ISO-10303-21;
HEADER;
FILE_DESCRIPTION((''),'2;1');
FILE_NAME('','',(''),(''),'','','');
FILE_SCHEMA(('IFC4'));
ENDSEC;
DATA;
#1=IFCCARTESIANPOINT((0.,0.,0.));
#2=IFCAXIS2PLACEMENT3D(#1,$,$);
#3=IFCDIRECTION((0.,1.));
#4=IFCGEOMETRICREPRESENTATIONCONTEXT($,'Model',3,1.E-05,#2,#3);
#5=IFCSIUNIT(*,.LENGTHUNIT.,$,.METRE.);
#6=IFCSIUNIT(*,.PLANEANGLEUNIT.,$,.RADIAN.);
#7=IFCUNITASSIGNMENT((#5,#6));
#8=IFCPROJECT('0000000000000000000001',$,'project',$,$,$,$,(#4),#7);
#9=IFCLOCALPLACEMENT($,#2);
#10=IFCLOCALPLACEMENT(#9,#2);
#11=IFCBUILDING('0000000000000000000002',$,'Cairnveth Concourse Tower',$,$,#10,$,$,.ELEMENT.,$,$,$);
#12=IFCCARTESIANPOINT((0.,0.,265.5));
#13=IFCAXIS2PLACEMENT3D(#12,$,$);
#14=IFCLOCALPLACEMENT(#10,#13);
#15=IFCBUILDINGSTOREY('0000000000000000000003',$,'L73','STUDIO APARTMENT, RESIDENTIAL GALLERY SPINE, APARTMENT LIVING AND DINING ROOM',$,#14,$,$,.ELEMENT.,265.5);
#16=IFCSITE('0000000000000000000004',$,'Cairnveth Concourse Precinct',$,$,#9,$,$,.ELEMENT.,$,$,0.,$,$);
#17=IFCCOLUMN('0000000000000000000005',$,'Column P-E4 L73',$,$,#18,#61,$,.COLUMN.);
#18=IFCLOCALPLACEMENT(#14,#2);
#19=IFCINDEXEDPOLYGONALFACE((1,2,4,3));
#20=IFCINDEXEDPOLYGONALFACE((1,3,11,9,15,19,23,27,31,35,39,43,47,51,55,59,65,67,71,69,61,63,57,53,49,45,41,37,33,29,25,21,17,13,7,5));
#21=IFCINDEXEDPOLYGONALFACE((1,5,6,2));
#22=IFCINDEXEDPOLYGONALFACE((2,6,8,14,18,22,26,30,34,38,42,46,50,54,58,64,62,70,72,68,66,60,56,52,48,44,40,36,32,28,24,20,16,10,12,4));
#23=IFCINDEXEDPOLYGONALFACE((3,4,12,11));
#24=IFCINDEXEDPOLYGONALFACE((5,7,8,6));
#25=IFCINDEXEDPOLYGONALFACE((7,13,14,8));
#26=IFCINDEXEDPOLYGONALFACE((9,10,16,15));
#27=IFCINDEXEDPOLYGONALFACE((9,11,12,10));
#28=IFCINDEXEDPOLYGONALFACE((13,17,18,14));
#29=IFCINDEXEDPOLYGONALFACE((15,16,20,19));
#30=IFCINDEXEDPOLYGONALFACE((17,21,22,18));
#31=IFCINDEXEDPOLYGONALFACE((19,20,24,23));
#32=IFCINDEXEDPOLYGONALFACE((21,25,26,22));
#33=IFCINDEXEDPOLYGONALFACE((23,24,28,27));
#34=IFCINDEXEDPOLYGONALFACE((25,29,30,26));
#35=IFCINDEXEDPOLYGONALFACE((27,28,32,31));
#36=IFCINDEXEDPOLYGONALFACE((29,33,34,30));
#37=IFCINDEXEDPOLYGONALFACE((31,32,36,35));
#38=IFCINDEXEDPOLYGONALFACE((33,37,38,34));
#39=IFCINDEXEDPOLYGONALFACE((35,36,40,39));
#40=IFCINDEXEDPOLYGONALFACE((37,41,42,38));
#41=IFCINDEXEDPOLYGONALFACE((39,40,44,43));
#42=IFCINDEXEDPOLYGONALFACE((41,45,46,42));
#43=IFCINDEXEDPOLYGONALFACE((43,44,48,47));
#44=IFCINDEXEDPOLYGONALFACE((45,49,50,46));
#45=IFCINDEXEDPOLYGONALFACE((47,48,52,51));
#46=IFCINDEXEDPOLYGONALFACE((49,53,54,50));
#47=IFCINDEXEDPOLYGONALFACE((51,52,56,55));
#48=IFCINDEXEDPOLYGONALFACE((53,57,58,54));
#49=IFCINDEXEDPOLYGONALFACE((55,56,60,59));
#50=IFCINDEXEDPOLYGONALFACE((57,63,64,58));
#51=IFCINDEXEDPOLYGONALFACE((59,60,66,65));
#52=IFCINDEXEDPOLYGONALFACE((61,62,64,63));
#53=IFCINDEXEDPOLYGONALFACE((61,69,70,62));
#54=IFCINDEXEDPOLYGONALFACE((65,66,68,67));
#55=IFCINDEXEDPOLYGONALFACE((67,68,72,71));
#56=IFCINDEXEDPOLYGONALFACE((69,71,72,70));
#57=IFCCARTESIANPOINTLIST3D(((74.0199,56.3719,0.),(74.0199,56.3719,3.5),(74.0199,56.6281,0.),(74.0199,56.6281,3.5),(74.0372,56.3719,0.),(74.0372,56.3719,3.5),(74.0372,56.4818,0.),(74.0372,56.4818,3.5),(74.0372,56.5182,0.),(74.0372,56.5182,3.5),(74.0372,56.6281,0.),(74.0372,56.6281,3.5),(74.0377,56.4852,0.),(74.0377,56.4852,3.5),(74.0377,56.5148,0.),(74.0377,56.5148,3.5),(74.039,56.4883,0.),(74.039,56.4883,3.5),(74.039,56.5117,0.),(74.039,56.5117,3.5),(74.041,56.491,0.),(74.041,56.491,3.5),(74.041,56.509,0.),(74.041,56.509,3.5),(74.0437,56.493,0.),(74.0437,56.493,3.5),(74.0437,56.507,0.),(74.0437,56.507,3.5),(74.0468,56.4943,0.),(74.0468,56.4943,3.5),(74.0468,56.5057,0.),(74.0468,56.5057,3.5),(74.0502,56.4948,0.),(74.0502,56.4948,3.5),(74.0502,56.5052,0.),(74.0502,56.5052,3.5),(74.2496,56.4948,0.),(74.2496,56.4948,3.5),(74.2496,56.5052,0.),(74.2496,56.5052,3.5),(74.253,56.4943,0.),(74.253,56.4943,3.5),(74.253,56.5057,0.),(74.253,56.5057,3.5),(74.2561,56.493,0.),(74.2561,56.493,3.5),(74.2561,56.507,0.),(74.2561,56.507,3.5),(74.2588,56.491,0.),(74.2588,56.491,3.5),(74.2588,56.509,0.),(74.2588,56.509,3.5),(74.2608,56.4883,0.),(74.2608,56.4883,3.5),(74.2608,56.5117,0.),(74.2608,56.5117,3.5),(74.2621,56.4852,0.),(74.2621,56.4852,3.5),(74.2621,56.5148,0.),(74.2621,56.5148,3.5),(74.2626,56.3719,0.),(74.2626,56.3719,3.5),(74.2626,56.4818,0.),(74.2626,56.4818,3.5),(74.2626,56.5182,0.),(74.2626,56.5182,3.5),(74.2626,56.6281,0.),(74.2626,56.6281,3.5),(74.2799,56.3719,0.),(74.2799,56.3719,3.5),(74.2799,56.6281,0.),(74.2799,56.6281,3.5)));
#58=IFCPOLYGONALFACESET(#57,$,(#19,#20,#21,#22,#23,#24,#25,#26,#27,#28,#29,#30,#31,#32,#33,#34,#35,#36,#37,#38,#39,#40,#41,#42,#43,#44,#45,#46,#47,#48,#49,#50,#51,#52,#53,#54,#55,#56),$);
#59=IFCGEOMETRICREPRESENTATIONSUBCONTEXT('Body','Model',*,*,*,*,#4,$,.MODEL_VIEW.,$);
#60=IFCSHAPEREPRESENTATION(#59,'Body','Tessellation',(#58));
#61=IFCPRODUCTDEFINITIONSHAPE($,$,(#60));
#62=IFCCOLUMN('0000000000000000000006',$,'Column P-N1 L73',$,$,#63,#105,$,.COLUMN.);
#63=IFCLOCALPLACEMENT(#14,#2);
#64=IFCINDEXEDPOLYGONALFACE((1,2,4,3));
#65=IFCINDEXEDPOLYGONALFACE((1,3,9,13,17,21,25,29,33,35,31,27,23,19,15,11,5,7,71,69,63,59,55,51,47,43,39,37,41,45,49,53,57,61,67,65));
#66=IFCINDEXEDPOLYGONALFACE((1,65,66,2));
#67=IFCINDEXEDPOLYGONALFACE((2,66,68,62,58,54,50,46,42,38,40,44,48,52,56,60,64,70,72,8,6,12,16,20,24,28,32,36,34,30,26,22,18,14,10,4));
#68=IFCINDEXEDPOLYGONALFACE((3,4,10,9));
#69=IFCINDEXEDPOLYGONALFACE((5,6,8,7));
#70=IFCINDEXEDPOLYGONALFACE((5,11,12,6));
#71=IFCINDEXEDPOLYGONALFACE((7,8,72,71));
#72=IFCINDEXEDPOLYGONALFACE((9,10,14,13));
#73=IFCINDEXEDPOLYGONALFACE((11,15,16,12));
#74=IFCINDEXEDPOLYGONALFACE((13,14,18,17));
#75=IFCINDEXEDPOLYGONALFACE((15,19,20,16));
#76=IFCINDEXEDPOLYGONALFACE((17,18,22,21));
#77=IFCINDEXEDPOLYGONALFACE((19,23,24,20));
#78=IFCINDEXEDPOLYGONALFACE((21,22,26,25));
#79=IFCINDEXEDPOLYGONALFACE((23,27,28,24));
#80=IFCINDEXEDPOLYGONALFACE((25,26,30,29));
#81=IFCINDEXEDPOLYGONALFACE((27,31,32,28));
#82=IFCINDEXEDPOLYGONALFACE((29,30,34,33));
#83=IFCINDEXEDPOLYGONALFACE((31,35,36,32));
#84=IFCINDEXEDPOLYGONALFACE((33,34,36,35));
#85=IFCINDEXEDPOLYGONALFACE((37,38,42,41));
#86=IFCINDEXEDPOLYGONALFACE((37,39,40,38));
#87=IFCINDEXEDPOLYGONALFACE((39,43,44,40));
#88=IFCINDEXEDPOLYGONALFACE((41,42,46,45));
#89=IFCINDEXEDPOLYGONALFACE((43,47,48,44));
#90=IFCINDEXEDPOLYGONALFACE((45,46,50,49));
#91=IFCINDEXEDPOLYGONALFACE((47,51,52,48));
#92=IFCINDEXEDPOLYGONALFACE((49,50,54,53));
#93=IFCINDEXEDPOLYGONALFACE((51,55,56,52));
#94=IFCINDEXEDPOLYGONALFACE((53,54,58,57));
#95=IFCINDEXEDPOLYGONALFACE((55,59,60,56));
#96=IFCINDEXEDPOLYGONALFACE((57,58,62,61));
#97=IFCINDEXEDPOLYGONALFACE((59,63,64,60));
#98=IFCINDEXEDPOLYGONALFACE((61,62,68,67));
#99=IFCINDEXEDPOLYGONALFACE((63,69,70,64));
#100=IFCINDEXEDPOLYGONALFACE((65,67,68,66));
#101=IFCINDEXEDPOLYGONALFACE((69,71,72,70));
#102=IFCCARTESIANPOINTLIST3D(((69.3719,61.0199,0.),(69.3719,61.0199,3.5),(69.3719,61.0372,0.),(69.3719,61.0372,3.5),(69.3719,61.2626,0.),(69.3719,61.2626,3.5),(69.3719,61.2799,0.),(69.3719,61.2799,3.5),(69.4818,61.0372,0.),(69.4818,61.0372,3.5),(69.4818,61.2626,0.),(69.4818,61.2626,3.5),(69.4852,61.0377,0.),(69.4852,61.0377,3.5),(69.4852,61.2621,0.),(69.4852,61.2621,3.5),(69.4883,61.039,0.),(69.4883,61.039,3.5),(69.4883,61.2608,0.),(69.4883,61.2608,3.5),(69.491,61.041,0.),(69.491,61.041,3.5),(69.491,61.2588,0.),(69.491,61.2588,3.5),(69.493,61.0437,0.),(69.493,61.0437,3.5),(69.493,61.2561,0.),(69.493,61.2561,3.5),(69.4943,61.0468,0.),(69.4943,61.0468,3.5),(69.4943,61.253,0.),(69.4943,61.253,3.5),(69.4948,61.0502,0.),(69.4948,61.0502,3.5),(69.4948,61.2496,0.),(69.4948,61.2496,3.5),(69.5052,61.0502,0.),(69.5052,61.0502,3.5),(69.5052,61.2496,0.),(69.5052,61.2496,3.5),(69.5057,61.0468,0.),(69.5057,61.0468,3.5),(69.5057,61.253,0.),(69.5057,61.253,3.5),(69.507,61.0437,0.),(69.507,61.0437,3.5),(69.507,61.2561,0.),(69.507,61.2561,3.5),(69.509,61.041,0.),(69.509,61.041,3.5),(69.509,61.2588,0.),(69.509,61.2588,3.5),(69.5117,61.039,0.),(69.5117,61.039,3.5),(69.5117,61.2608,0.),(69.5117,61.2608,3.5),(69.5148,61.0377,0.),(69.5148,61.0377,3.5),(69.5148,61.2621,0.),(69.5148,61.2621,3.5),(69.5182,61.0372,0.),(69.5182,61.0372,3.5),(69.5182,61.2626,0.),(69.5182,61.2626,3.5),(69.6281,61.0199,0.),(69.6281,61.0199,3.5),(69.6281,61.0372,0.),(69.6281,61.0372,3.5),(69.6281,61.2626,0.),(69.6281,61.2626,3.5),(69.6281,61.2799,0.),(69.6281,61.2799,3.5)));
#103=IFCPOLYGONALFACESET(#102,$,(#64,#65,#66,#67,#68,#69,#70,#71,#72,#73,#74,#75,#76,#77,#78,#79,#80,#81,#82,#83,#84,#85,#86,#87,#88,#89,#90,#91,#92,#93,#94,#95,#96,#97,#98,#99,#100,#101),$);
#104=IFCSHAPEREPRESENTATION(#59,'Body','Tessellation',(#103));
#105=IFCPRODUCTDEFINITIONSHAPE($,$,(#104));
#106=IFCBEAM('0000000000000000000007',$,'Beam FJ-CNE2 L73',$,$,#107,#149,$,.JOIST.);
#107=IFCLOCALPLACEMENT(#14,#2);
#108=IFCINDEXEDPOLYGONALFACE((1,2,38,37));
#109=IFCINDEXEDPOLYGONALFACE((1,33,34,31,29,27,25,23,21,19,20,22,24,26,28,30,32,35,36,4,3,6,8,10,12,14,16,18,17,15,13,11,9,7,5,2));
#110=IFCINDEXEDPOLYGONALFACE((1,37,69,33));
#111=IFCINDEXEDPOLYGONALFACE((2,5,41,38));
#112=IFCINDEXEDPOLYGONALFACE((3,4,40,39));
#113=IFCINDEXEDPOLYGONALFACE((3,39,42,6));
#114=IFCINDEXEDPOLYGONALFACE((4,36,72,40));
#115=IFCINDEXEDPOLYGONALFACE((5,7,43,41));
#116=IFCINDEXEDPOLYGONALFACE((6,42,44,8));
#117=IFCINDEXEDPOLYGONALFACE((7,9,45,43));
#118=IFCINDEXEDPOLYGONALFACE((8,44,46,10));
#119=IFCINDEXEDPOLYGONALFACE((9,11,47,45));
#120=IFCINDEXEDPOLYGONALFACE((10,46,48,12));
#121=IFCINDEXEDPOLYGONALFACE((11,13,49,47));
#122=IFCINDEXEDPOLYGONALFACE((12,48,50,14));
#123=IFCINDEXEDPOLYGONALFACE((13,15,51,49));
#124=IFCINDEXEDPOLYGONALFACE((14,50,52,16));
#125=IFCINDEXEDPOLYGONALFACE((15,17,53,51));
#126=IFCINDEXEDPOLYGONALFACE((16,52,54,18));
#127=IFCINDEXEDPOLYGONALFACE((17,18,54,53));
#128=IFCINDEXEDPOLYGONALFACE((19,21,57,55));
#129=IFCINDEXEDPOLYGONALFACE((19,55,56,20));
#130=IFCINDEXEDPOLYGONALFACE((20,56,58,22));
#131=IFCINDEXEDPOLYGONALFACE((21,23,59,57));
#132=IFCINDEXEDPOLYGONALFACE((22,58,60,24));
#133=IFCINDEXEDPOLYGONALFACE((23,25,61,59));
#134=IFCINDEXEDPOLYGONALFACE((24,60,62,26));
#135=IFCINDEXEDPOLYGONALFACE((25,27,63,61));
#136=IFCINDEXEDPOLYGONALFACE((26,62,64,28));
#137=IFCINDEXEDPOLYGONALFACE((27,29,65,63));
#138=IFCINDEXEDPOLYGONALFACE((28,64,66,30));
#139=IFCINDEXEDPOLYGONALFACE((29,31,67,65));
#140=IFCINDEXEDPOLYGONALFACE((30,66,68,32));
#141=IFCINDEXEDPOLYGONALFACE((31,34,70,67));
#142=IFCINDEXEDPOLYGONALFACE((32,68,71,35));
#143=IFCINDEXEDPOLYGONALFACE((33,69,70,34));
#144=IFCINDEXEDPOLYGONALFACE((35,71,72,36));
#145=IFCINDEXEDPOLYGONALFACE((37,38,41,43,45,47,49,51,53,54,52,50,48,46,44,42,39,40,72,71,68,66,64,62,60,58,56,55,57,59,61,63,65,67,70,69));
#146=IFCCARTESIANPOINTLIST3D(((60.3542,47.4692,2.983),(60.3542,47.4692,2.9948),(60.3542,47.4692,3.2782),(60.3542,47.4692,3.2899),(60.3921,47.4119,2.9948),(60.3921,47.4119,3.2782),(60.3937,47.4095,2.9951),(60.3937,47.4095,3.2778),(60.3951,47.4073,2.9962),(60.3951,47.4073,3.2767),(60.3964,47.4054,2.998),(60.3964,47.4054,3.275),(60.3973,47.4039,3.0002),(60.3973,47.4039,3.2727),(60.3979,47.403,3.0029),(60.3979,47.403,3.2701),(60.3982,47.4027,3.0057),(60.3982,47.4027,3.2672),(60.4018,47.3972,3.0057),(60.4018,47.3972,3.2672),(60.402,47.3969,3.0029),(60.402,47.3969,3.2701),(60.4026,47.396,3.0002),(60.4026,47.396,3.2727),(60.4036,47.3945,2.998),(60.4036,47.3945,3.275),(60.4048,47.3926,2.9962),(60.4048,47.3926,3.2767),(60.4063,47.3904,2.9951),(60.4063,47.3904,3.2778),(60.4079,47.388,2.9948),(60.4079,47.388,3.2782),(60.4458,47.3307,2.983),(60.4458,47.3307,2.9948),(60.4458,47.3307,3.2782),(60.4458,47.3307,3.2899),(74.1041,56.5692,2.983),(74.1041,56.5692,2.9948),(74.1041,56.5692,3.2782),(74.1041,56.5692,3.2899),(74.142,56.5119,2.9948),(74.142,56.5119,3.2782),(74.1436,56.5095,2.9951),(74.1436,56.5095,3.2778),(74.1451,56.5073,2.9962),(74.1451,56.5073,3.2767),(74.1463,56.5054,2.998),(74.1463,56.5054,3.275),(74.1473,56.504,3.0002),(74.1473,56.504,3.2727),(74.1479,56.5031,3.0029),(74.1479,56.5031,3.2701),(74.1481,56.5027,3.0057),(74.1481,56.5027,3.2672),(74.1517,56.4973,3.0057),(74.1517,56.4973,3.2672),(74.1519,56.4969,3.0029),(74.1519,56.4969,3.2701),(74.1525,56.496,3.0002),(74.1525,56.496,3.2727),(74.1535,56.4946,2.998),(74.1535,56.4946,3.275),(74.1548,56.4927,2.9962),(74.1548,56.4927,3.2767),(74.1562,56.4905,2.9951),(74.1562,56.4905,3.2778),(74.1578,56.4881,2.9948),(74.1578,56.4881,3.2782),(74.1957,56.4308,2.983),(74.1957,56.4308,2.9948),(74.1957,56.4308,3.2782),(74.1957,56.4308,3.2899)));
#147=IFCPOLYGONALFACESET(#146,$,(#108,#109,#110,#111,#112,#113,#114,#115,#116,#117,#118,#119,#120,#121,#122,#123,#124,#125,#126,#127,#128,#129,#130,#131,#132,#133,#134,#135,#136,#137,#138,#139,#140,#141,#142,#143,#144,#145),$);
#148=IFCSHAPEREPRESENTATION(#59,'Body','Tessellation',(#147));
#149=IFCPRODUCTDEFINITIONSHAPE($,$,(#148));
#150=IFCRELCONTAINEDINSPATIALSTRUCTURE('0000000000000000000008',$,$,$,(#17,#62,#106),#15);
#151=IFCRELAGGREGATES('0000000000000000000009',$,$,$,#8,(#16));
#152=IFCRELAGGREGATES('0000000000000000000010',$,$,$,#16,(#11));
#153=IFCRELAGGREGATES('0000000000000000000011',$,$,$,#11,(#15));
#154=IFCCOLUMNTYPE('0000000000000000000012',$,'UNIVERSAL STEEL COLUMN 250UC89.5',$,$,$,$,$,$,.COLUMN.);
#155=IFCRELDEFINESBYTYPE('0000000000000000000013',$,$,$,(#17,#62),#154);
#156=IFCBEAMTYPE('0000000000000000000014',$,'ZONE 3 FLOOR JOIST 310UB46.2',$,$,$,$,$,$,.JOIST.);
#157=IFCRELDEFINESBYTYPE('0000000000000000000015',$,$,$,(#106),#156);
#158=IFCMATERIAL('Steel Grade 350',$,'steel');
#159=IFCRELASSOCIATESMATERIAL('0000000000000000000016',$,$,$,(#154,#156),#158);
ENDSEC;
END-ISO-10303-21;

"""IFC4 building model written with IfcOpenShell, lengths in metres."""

from ifc_helpers import new_model, si_unit, direction, frame, origin, origin_2d, place, context, subcontext, project, spatial, i_section, extrude, material, material_profile, profile_set, type_object, element, save


model = new_model("IFC4")

# Units and contexts
model_context = context("Model", 3, precision=1e-05, world=origin(), true_north=direction((0.0, 1.0)))
body_context = subcontext(model_context, "Body", "Model", "MODEL_VIEW")
ifc_project = project(units=[si_unit("LENGTHUNIT", "METRE"), si_unit("PLANEANGLEUNIT", "RADIAN")], contexts=[model_context])

# Site, building, storey
site_placement = place(None, origin())
site = spatial("IfcSite", under=ifc_project, at=site_placement, Name="Cairnveth Concourse Precinct", CompositionType="ELEMENT", RefElevation=0.0)
building_placement = place(site_placement, origin())
building = spatial("IfcBuilding", under=site, at=building_placement, Name="Cairnveth Concourse Tower", CompositionType="ELEMENT")
storey_placement = place(building_placement, frame((0.0, 0.0, 265.5)))
storey = spatial("IfcBuildingStorey", under=building, at=storey_placement, Name="L73", Description="STUDIO APARTMENT, RESIDENTIAL GALLERY SPINE, APARTMENT LIVING AND DINING ROOM", CompositionType="ELEMENT", Elevation=265.5)

# Columns
ifc_material_1 = material(Name="Steel Grade 350", Category="steel")
ifc_material_profile_1 = material_profile(ifc_material_1, i_section(OverallWidth=0.2561, OverallDepth=0.26, WebThickness=0.0105, FlangeThickness=0.0173, FilletRadius=0.0129, at=origin_2d()), Name="250UC89.5")
ifc_profile_set_1 = profile_set([ifc_material_profile_1], Name="Steel Grade 350")
column_type = type_object("IfcColumnType", Name="UNIVERSAL STEEL COLUMN 250UC89.5", PredefinedType="COLUMN", material=ifc_profile_set_1)
for number, where, z_axis, x_axis, name in (
    (1, (74.1499, 56.5, 0.0), (0.0, 0.0, 1.0), (0.0, 1.0, 0.0), "Column P-E4 L73"),
    (2, (69.5, 61.1499, 0.0), (0.0, 0.0, 1.0), (1.0, 0.0, 0.0), "Column P-N1 L73"),
):
    element("IfcColumn", number, at=place(storey_placement, frame(where, z_axis=z_axis, x_axis=x_axis)), inside=storey, type_object=column_type, Name=name, PredefinedType="COLUMN", context=body_context, shape_type="SweptSolid", body=[
        extrude(i_section(OverallWidth=0.2561, OverallDepth=0.26, WebThickness=0.0105, FlangeThickness=0.0173, FilletRadius=0.0129, at=origin_2d()), origin(), (0.0, 0.0, 1.0), 3.5),
    ])

# Beam
ifc_material_profile_2 = material_profile(ifc_material_1, i_section(OverallWidth=0.166, OverallDepth=0.3069, WebThickness=0.0066, FlangeThickness=0.0117, FilletRadius=0.011, at=origin_2d()), Name="310UB46.2")
ifc_profile_set_2 = profile_set([ifc_material_profile_2], Name="Steel Grade 350")
beam_type_1 = type_object("IfcBeamType", Name="ZONE 3 FLOOR JOIST 310UB46.2", PredefinedType="JOIST", material=ifc_profile_set_2)
beam_1_placement = place(storey_placement, frame((74.1499, 56.5, 3.1365), z_axis=(-0.833909, -0.551902, 0.0), x_axis=(0.551902, -0.833909, 0.0)))
element("IfcBeam", 3, at=beam_1_placement, inside=storey, type_object=beam_type_1, Name="Beam FJ-CNE2 L73", PredefinedType="JOIST", context=body_context, shape_type="SweptSolid", body=[
    extrude(i_section(OverallWidth=0.166, OverallDepth=0.3069, WebThickness=0.0066, FlangeThickness=0.0117, FilletRadius=0.011, at=origin_2d()), origin(), (0.0, 0.0, 1.0), 16.4885),
])

save(model, "model.ifc")
